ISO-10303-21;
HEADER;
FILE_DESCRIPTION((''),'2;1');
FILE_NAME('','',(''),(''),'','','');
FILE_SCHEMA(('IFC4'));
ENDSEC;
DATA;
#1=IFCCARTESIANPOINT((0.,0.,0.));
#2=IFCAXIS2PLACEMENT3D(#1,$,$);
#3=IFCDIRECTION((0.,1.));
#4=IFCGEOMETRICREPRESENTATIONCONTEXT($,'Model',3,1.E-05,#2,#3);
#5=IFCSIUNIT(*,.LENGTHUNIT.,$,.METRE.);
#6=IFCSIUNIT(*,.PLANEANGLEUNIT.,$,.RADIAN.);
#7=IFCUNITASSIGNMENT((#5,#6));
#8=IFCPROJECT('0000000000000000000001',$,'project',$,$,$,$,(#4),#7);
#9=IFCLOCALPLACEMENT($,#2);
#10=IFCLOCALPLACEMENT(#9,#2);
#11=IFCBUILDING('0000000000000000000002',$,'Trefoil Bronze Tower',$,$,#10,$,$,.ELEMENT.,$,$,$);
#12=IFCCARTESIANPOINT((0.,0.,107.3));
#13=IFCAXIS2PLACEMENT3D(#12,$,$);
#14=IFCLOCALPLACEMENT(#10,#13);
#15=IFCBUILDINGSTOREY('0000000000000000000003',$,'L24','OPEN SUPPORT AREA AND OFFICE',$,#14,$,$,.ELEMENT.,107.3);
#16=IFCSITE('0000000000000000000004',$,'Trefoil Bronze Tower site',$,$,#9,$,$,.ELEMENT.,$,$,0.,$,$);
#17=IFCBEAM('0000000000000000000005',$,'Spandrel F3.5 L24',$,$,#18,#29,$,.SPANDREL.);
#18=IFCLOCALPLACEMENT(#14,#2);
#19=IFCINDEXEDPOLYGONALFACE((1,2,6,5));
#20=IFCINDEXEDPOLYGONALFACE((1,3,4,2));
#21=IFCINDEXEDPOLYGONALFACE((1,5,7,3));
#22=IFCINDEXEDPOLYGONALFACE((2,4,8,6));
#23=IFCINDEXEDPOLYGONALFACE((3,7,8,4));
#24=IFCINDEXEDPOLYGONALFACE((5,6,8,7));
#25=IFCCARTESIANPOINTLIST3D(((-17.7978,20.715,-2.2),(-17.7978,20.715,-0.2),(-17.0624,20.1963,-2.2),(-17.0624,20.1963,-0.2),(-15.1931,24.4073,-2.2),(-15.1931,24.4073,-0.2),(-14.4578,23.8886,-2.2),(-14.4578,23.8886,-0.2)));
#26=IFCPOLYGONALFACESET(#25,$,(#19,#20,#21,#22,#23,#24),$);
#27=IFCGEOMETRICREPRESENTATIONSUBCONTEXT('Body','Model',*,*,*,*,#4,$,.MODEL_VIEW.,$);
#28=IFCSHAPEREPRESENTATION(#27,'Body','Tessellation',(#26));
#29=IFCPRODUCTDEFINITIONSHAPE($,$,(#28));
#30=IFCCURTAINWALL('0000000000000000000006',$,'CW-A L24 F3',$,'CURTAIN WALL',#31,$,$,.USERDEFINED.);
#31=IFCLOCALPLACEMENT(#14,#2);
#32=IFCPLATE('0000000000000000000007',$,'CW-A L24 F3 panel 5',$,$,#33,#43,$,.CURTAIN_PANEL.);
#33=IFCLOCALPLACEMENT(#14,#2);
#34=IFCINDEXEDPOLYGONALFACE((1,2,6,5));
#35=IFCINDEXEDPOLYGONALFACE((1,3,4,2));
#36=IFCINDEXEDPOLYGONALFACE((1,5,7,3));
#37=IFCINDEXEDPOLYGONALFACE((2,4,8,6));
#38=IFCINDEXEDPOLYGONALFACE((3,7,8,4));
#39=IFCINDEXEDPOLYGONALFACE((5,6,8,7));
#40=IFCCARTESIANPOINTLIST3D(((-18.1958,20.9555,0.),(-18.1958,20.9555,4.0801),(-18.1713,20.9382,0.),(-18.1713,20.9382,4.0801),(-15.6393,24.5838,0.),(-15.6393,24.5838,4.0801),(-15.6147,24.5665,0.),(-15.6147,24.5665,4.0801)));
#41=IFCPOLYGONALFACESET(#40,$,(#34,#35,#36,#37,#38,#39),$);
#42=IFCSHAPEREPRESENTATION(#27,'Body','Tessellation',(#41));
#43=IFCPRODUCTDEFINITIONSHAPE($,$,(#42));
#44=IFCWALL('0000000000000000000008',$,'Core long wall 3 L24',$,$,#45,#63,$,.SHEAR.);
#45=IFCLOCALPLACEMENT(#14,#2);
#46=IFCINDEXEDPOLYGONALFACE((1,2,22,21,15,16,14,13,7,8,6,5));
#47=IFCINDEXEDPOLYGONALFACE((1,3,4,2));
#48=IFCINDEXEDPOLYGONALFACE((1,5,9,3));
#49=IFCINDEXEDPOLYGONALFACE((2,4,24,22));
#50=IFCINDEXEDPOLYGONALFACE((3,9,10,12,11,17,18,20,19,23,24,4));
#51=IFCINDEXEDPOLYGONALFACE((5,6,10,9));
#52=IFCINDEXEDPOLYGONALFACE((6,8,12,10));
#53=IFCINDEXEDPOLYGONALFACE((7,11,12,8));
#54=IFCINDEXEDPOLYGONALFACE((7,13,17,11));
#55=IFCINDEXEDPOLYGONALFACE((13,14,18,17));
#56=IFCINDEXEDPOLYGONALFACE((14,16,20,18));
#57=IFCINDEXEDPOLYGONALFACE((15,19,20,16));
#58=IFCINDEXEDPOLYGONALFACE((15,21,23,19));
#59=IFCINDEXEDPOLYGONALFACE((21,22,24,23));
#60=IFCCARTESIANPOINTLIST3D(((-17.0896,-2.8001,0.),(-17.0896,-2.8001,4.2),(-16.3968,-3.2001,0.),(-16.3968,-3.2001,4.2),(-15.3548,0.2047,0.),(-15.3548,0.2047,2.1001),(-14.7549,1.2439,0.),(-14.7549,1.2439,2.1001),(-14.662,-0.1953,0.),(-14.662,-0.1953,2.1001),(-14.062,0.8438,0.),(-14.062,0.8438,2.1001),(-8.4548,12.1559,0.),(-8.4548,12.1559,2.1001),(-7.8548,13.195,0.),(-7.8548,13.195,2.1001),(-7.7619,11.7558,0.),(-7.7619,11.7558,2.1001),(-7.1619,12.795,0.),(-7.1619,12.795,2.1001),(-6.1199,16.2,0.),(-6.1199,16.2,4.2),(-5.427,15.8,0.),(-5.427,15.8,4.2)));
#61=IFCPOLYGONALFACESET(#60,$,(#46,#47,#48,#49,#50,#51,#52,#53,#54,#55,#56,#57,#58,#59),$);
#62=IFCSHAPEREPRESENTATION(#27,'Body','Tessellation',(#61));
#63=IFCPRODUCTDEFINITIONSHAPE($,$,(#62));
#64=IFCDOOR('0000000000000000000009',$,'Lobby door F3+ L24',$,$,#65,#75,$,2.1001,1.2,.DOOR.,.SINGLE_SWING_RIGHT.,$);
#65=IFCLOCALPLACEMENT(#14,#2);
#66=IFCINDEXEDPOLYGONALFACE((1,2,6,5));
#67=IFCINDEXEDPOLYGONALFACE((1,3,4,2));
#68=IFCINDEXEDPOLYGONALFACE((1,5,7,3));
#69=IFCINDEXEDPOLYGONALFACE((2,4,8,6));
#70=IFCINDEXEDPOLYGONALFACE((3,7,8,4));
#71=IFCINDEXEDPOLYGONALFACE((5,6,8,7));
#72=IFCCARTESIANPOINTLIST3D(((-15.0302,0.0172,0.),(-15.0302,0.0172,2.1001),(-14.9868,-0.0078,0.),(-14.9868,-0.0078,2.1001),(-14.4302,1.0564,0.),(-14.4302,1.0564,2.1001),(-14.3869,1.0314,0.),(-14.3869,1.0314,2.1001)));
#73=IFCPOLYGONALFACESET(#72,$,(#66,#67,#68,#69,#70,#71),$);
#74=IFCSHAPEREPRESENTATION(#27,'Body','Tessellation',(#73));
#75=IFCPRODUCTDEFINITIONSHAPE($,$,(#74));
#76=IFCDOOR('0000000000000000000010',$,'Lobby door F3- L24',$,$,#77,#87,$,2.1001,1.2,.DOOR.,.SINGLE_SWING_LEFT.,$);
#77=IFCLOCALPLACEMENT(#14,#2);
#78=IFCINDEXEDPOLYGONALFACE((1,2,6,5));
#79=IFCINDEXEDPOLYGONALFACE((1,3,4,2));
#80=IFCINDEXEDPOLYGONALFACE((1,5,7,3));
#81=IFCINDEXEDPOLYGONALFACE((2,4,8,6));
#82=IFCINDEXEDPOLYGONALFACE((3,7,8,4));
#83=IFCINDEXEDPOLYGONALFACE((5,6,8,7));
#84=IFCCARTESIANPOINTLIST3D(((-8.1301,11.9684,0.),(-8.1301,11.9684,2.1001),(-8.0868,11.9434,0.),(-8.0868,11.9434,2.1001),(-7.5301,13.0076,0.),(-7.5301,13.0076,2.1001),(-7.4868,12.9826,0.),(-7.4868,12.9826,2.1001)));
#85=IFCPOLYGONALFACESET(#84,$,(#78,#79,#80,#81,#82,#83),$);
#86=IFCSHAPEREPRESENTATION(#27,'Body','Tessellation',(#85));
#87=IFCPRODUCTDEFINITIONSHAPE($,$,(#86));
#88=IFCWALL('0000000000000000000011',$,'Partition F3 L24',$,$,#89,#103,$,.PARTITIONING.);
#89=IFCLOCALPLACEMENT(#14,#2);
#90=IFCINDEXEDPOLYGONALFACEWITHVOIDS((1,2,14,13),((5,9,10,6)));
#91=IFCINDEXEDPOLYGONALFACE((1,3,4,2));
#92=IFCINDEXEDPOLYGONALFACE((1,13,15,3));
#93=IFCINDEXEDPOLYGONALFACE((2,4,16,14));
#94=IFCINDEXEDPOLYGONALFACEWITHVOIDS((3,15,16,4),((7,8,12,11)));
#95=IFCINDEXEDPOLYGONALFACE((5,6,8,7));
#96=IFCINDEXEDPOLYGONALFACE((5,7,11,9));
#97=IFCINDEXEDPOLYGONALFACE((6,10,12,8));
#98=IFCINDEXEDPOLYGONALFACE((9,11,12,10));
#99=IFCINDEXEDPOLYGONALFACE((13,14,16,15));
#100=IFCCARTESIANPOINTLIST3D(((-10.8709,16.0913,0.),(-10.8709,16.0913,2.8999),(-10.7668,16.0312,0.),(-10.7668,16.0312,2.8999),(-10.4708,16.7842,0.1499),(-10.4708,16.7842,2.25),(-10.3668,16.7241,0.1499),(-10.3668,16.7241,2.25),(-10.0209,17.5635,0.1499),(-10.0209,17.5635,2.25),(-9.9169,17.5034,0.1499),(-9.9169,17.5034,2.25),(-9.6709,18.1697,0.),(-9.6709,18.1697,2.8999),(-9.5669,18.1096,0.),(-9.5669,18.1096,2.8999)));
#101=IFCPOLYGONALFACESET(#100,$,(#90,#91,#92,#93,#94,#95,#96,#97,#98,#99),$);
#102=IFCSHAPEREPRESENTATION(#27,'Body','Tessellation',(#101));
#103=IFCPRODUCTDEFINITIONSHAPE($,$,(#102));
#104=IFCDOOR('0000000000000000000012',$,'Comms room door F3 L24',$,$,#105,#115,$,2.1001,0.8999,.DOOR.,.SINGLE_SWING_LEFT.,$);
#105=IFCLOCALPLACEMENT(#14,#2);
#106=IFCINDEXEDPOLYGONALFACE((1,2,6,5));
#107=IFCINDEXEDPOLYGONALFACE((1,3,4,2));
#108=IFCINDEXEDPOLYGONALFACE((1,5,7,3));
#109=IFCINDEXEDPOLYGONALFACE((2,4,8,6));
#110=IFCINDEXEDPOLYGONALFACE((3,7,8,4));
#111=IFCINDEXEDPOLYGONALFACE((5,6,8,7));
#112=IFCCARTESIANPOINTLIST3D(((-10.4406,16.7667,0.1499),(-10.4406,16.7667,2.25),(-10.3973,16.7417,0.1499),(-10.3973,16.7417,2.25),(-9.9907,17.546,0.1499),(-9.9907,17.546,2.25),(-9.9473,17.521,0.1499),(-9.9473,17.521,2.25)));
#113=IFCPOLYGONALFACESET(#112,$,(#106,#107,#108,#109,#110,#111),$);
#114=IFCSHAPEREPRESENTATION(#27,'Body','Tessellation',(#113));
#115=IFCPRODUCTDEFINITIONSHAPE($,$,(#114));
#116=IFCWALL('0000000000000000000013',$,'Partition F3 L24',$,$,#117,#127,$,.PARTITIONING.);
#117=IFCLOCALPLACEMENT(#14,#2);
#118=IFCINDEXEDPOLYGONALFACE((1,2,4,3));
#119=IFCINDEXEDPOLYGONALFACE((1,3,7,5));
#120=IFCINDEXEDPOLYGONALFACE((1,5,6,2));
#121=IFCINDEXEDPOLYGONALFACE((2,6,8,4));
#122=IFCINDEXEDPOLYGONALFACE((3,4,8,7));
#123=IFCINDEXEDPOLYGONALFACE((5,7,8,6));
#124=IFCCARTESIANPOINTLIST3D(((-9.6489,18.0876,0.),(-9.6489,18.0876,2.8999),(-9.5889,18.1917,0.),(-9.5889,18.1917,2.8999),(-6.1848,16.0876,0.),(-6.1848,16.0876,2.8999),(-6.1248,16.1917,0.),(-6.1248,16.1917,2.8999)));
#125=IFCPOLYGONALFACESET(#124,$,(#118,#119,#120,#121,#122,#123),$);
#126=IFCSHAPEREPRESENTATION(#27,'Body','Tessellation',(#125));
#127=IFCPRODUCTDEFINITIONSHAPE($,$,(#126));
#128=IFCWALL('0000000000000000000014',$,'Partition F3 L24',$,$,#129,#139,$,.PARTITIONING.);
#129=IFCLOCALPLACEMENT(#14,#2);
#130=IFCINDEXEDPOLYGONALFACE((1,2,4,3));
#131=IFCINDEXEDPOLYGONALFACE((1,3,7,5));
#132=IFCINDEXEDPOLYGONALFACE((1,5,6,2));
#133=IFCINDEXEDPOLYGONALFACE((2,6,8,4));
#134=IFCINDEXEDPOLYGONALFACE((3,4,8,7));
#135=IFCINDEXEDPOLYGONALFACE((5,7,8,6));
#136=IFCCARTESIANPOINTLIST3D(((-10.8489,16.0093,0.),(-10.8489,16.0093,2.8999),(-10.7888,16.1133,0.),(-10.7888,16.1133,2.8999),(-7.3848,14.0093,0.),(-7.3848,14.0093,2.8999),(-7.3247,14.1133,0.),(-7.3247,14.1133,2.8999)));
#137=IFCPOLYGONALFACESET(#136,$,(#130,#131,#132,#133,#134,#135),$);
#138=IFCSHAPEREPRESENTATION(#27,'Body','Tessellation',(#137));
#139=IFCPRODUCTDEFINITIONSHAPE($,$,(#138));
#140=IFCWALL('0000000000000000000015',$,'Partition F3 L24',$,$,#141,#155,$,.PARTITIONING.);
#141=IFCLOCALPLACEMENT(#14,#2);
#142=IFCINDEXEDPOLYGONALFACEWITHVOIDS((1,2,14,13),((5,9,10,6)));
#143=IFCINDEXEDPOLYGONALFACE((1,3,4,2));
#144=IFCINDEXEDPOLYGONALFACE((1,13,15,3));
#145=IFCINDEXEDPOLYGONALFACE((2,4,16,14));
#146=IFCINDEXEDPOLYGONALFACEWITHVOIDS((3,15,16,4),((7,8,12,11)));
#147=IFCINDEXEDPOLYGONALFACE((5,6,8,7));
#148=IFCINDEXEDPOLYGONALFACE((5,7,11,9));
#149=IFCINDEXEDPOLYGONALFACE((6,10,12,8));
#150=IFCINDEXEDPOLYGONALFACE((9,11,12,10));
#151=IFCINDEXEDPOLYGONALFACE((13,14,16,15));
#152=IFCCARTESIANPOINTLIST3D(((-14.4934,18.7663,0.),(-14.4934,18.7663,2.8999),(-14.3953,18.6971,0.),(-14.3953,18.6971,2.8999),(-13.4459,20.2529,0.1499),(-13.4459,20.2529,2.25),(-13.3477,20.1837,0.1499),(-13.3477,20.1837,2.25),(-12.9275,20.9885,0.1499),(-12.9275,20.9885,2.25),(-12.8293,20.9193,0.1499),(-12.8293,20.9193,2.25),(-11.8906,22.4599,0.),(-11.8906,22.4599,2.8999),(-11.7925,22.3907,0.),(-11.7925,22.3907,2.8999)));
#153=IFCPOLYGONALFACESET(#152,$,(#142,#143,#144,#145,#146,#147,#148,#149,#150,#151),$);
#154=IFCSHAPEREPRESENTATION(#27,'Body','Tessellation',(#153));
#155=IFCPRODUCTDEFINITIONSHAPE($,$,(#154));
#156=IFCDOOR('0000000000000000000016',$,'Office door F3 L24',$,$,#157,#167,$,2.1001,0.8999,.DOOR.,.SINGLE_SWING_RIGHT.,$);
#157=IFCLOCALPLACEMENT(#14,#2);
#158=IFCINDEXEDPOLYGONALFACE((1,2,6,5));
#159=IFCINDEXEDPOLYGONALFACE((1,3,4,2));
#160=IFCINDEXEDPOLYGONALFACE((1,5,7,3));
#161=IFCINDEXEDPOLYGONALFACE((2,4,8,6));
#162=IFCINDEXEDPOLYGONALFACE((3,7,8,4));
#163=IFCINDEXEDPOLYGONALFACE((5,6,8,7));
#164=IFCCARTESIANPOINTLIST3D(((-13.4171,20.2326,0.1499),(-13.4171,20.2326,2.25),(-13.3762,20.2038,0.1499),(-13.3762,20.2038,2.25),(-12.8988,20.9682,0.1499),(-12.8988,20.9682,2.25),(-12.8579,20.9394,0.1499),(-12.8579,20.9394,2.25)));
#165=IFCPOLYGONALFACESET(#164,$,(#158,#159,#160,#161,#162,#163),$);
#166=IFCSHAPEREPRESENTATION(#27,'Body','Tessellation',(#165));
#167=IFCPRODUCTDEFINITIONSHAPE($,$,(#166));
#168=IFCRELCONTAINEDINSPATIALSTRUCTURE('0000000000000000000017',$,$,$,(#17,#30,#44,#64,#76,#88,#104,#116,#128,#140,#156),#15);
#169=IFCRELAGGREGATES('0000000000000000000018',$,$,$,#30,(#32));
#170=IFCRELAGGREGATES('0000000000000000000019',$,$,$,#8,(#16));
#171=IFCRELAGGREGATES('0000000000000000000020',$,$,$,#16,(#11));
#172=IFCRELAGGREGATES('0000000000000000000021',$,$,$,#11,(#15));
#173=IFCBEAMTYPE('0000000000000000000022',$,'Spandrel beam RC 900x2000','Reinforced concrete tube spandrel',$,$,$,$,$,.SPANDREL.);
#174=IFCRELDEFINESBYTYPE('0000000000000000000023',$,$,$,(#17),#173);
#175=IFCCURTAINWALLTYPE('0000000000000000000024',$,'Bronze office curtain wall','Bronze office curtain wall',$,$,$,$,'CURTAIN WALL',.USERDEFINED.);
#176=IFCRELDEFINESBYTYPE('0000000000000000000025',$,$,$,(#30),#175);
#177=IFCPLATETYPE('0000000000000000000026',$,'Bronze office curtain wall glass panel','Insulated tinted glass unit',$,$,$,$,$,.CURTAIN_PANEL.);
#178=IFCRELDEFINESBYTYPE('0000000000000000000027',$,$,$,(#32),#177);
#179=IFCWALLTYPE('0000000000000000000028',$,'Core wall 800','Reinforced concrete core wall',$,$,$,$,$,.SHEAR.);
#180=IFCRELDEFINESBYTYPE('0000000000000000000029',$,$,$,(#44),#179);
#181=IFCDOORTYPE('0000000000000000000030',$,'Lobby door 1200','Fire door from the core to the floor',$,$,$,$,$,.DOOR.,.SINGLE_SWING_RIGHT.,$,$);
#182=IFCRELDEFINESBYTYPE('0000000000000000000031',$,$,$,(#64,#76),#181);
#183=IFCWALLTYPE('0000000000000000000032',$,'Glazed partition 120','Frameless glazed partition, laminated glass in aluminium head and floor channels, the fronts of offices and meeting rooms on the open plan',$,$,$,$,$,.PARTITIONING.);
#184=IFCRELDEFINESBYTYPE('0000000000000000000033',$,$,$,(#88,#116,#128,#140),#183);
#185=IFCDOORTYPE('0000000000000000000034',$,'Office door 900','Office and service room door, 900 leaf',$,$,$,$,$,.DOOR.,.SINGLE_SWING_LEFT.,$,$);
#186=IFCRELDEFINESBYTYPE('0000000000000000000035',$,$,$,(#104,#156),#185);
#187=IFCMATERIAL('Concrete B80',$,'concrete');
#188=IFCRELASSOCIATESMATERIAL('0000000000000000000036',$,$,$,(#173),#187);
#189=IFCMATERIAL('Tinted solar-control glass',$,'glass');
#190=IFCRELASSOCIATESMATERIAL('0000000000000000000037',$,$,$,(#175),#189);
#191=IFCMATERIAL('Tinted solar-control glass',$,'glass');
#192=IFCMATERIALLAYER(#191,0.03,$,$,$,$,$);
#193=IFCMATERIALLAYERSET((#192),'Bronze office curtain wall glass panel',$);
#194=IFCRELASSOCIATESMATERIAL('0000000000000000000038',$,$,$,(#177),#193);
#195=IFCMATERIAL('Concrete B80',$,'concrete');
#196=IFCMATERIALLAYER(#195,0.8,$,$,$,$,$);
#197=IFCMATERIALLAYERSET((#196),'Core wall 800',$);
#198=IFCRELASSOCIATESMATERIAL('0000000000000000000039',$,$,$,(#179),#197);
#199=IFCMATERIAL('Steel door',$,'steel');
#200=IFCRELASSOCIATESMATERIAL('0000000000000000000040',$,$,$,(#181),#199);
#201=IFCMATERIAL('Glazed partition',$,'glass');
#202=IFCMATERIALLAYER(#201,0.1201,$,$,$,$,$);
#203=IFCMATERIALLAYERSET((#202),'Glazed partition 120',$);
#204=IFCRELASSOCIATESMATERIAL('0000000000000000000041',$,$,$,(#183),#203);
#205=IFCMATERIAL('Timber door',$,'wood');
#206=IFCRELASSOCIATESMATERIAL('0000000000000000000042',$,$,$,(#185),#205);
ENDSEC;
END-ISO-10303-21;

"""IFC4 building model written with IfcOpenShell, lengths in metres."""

from ifc_helpers import new_model, si_unit, direction, frame, frame_2d, origin, origin_2d, place, context, subcontext, project, spatial, rectangle, extrude, material, layer, layer_set, material_profile, profile_set, type_object, element, fill, aggregate, save


model = new_model("IFC4")

# Units and contexts
model_context = context("Model", 3, precision=1e-05, world=origin(), true_north=direction((0.0, 1.0)))
body_context = subcontext(model_context, "Body", "Model", "MODEL_VIEW")
ifc_project = project(units=[si_unit("LENGTHUNIT", "METRE"), si_unit("PLANEANGLEUNIT", "RADIAN")], contexts=[model_context])

# Site, building, storey
site_placement = place(None, origin())
site = spatial("IfcSite", under=ifc_project, at=site_placement, Name="Trefoil Bronze Tower site", CompositionType="ELEMENT", RefElevation=0.0)
building_placement = place(site_placement, origin())
building = spatial("IfcBuilding", under=site, at=building_placement, Name="Trefoil Bronze Tower", CompositionType="ELEMENT")
storey_placement = place(building_placement, frame((0.0, 0.0, 107.3)))
storey = spatial("IfcBuildingStorey", under=building, at=storey_placement, Name="L24", Description="OPEN SUPPORT AREA AND OFFICE", CompositionType="ELEMENT", Elevation=107.3)

# Beam
ifc_material_1 = material(Name="Concrete B80", Category="concrete")
ifc_material_profile_1 = material_profile(ifc_material_1, rectangle(XDim=0.8999, YDim=2.0, at=origin_2d()), Name="RC 900x2000")
ifc_profile_set_1 = profile_set([ifc_material_profile_1], Name="Concrete B80")
beam_type_1 = type_object("IfcBeamType", Name="Spandrel beam RC 900x2000", Description="Reinforced concrete tube spandrel", PredefinedType="SPANDREL", material=ifc_profile_set_1)
beam_1_placement = place(storey_placement, frame((-14.8254, 24.1479, -1.2), z_axis=(-0.576439, -0.81714, 0.0), x_axis=(0.81714, -0.576439, 0.0)))
element("IfcBeam", 1, at=beam_1_placement, inside=storey, type_object=beam_type_1, Name="Spandrel F3.5 L24", PredefinedType="SPANDREL", context=body_context, shape_type="SweptSolid", body=[
    extrude(rectangle(XDim=0.8999, YDim=2.0, at=origin_2d()), origin(), (0.0, 0.0, 1.0), 4.5186),
])

# Curtain wall, plate
ifc_material_2 = material(Name="Tinted solar-control glass", Category="glass")
curtain_wall_type = type_object("IfcCurtainWallType", Name="Bronze office curtain wall", Description="Bronze office curtain wall", ElementType="CURTAIN WALL", PredefinedType="USERDEFINED", material=ifc_material_2)
curtain_wall_placement = place(storey_placement, origin())
curtain_wall = element("IfcCurtainWall", 2, at=curtain_wall_placement, inside=storey, type_object=curtain_wall_type, Name="CW-A L24 F3", ObjectType="CURTAIN WALL", PredefinedType="USERDEFINED")
ifc_material_3 = material(Name="Tinted solar-control glass", Category="glass")
ifc_layer_1 = layer(ifc_material_3, 0.03)
ifc_layer_set_1 = layer_set([ifc_layer_1], Name="Bronze office curtain wall glass panel")
plate_type = type_object("IfcPlateType", Name="Bronze office curtain wall glass panel", Description="Insulated tinted glass unit", PredefinedType="CURTAIN_PANEL", material=ifc_layer_set_1)
plate_placement = place(storey_placement, frame((-16.9053, 22.761, 0.0), z_axis=(0.0, 0.0, 1.0), x_axis=(-0.575999, -0.81745, 0.0)))
plate = element("IfcPlate", 3, at=plate_placement, type_object=plate_type, Name="CW-A L24 F3 panel 5", PredefinedType="CURTAIN_PANEL", context=body_context, shape_type="SweptSolid", body=[
    extrude(rectangle(XDim=4.4385, YDim=0.03, at=origin_2d()), origin(), (0.0, 0.0, 1.0), 4.0801),
])
aggregate(curtain_wall, [plate])

# Wall, openings, doors
ifc_material_4 = material(Name="Concrete B80", Category="concrete")
ifc_layer_2 = layer(ifc_material_4, 0.8)
ifc_layer_set_2 = layer_set([ifc_layer_2], Name="Core wall 800")
wall_type_1 = type_object("IfcWallType", Name="Core wall 800", Description="Reinforced concrete core wall", PredefinedType="SHEAR", material=ifc_layer_set_2)
wall_1_placement = place(storey_placement, frame((-5.7734, 16.0, 0.0), z_axis=(0.0, 0.0, 1.0), x_axis=(-0.500002, -0.866024, 0.0)))
wall_1 = element("IfcWall", 4, at=wall_1_placement, inside=storey, type_object=wall_type_1, Name="Core long wall 3 L24", PredefinedType="SHEAR", context=body_context, shape_type="SweptSolid", body=[
    extrude(rectangle(XDim=21.9395, YDim=0.8, at=frame_2d((10.9697, 0.0))), origin(), (0.0, 0.0, 1.0), 4.2),
])
opening_1_placement = place(wall_1_placement, frame((17.2698, 0.0, 0.0)))
opening_1 = element("IfcOpeningElement", 5, at=opening_1_placement, cuts=wall_1, PredefinedType="OPENING", context=body_context, shape_type="SweptSolid", body=[
    extrude(rectangle(XDim=1.2, YDim=2.1001, at=frame_2d((0.6001, 1.05))), frame((0.0, 0.4099, 0.0), z_axis=(0.0, -1.0, 0.0), x_axis=(1.0, 0.0, 0.0)), (0.0, 0.0, 1.0), 0.8201),
])
opening_2_placement = place(wall_1_placement, frame((3.4697, 0.0, 0.0)))
opening_2 = element("IfcOpeningElement", 6, at=opening_2_placement, cuts=wall_1, PredefinedType="OPENING", context=body_context, shape_type="SweptSolid", body=[
    extrude(rectangle(XDim=1.2, YDim=2.1001, at=frame_2d((0.6001, 1.05))), frame((0.0, 0.4099, 0.0), z_axis=(0.0, -1.0, 0.0), x_axis=(1.0, 0.0, 0.0)), (0.0, 0.0, 1.0), 0.8201),
])
ifc_material_5 = material(Name="Steel door", Category="steel")
door_type_1 = type_object("IfcDoorType", Name="Lobby door 1200", Description="Fire door from the core to the floor", OperationType="SINGLE_SWING_RIGHT", PredefinedType="DOOR", material=ifc_material_5)
door_1_placement = place(opening_1_placement, origin())
door_1 = element("IfcDoor", 7, at=door_1_placement, inside=storey, type_object=door_type_1, Name="Lobby door F3+ L24", OperationType="SINGLE_SWING_RIGHT", OverallHeight=2.1001, OverallWidth=1.2, PredefinedType="DOOR", context=body_context, shape_type="SweptSolid", body=[
    extrude(rectangle(XDim=1.2, YDim=2.1001, at=frame_2d((0.6001, 1.05))), frame((0.0, 0.0249, 0.0), z_axis=(0.0, -1.0, 0.0), x_axis=(1.0, 0.0, 0.0)), (0.0, 0.0, 1.0), 0.05),
])
fill(opening_1, door_1)
door_2_placement = place(opening_2_placement, origin())
door_2 = element("IfcDoor", 8, at=door_2_placement, inside=storey, type_object=door_type_1, Name="Lobby door F3- L24", OperationType="SINGLE_SWING_LEFT", OverallHeight=2.1001, OverallWidth=1.2, PredefinedType="DOOR", context=body_context, shape_type="SweptSolid", body=[
    extrude(rectangle(XDim=1.2, YDim=2.1001, at=frame_2d((0.6001, 1.05))), frame((0.0, 0.0249, 0.0), z_axis=(0.0, -1.0, 0.0), x_axis=(1.0, 0.0, 0.0)), (0.0, 0.0, 1.0), 0.05),
])
fill(opening_2, door_2)

# Wall, opening, door
ifc_material_6 = material(Name="Glazed partition", Category="glass")
ifc_layer_3 = layer(ifc_material_6, 0.1201)
ifc_layer_set_3 = layer_set([ifc_layer_3], Name="Glazed partition 120")
wall_type_2 = type_object("IfcWallType", Name="Glazed partition 120", Description="Frameless glazed partition, laminated glass in aluminium head and floor channels, the fronts of offices and meeting rooms on the open plan", PredefinedType="PARTITIONING", material=ifc_layer_set_3)
wall_2_placement = place(storey_placement, frame((-9.6189, 18.1396, 0.0), z_axis=(0.0, 0.0, 1.0), x_axis=(-0.500001, -0.866025, 0.0)))
wall_2 = element("IfcWall", 9, at=wall_2_placement, inside=storey, type_object=wall_type_2, Name="Partition F3 L24", PredefinedType="PARTITIONING", context=body_context, shape_type="SweptSolid", body=[
    extrude(rectangle(XDim=2.3999, YDim=0.1201, at=frame_2d((1.2, 0.0))), origin(), (0.0, 0.0, 1.0), 2.8999),
])
opening_3_placement = place(wall_2_placement, frame((0.7, 0.0, 0.1499)))
opening_3 = element("IfcOpeningElement", 10, at=opening_3_placement, cuts=wall_2, PredefinedType="OPENING", context=body_context, shape_type="SweptSolid", body=[
    extrude(rectangle(XDim=0.8999, YDim=2.1001, at=frame_2d((0.45, 1.05))), frame((0.0, 0.0701, 0.0), z_axis=(0.0, -1.0, 0.0), x_axis=(1.0, 0.0, 0.0)), (0.0, 0.0, 1.0), 0.1401),
])
ifc_material_7 = material(Name="Timber door", Category="wood")
door_type_2 = type_object("IfcDoorType", Name="Office door 900", Description="Office and service room door, 900 leaf", OperationType="SINGLE_SWING_LEFT", PredefinedType="DOOR", material=ifc_material_7)
door_3_placement = place(opening_3_placement, origin())
door_3 = element("IfcDoor", 11, at=door_3_placement, inside=storey, type_object=door_type_2, Name="Comms room door F3 L24", OperationType="SINGLE_SWING_LEFT", OverallHeight=2.1001, OverallWidth=0.8999, PredefinedType="DOOR", context=body_context, shape_type="SweptSolid", body=[
    extrude(rectangle(XDim=0.8999, YDim=2.1001, at=frame_2d((0.45, 1.05))), frame((0.0, 0.0249, 0.0), z_axis=(0.0, -1.0, 0.0), x_axis=(1.0, 0.0, 0.0)), (0.0, 0.0, 1.0), 0.05),
])
fill(opening_3, door_3)

# Walls
for number, where, z_axis, x_axis, name in (
    (12, (-6.1548, 16.1396, 0.0), (0.0, 0.0, 1.0), (-0.866026, 0.499999, 0.0), "Partition F3 L24"),
    (13, (-7.3547, 14.0613, 0.0), (0.0, 0.0, 1.0), (-0.866026, 0.499999, 0.0), "Partition F3 L24"),
):
    element("IfcWall", number, at=place(storey_placement, frame(where, z_axis=z_axis, x_axis=x_axis)), inside=storey, type_object=wall_type_2, Name=name, PredefinedType="PARTITIONING", context=body_context, shape_type="SweptSolid", body=[
        extrude(rectangle(XDim=4.0, YDim=0.1201, at=frame_2d((2.0, 0.0))), origin(), (0.0, 0.0, 1.0), 2.8999),
    ])

# Wall, opening, door
wall_3_placement = place(storey_placement, frame((-11.8416, 22.4253, 0.0), z_axis=(0.0, 0.0, 1.0), x_axis=(-0.576023, -0.817433, 0.0)))
wall_3 = element("IfcWall", 14, at=wall_3_placement, inside=storey, type_object=wall_type_2, Name="Partition F3 L24", PredefinedType="PARTITIONING", context=body_context, shape_type="SweptSolid", body=[
    extrude(rectangle(XDim=4.5186, YDim=0.1201, at=frame_2d((2.2593, 0.0))), origin(), (0.0, 0.0, 1.0), 2.8999),
])
opening_4_placement = place(wall_3_placement, frame((1.8, 0.0, 0.1499)))
opening_4 = element("IfcOpeningElement", 15, at=opening_4_placement, cuts=wall_3, PredefinedType="OPENING", context=body_context, shape_type="SweptSolid", body=[
    extrude(rectangle(XDim=0.8999, YDim=2.1001, at=frame_2d((0.45, 1.05))), frame((0.0, 0.0701, 0.0), z_axis=(0.0, -1.0, 0.0), x_axis=(1.0, 0.0, 0.0)), (0.0, 0.0, 1.0), 0.1401),
])
door_4_placement = place(opening_4_placement, frame((0.8999, 0.0, 0.0), z_axis=(0.0, 0.0, 1.0), x_axis=(-1.0, 0.0, 0.0)))
door_4 = element("IfcDoor", 16, at=door_4_placement, inside=storey, type_object=door_type_2, Name="Office door F3 L24", OperationType="SINGLE_SWING_RIGHT", OverallHeight=2.1001, OverallWidth=0.8999, PredefinedType="DOOR", context=body_context, shape_type="SweptSolid", body=[
    extrude(rectangle(XDim=0.8999, YDim=2.1001, at=frame_2d((0.45, 1.05))), frame((0.0, 0.0249, 0.0), z_axis=(0.0, -1.0, 0.0), x_axis=(1.0, 0.0, 0.0)), (0.0, 0.0, 1.0), 0.05),
])
fill(opening_4, door_4)

save(model, "model.ifc")
